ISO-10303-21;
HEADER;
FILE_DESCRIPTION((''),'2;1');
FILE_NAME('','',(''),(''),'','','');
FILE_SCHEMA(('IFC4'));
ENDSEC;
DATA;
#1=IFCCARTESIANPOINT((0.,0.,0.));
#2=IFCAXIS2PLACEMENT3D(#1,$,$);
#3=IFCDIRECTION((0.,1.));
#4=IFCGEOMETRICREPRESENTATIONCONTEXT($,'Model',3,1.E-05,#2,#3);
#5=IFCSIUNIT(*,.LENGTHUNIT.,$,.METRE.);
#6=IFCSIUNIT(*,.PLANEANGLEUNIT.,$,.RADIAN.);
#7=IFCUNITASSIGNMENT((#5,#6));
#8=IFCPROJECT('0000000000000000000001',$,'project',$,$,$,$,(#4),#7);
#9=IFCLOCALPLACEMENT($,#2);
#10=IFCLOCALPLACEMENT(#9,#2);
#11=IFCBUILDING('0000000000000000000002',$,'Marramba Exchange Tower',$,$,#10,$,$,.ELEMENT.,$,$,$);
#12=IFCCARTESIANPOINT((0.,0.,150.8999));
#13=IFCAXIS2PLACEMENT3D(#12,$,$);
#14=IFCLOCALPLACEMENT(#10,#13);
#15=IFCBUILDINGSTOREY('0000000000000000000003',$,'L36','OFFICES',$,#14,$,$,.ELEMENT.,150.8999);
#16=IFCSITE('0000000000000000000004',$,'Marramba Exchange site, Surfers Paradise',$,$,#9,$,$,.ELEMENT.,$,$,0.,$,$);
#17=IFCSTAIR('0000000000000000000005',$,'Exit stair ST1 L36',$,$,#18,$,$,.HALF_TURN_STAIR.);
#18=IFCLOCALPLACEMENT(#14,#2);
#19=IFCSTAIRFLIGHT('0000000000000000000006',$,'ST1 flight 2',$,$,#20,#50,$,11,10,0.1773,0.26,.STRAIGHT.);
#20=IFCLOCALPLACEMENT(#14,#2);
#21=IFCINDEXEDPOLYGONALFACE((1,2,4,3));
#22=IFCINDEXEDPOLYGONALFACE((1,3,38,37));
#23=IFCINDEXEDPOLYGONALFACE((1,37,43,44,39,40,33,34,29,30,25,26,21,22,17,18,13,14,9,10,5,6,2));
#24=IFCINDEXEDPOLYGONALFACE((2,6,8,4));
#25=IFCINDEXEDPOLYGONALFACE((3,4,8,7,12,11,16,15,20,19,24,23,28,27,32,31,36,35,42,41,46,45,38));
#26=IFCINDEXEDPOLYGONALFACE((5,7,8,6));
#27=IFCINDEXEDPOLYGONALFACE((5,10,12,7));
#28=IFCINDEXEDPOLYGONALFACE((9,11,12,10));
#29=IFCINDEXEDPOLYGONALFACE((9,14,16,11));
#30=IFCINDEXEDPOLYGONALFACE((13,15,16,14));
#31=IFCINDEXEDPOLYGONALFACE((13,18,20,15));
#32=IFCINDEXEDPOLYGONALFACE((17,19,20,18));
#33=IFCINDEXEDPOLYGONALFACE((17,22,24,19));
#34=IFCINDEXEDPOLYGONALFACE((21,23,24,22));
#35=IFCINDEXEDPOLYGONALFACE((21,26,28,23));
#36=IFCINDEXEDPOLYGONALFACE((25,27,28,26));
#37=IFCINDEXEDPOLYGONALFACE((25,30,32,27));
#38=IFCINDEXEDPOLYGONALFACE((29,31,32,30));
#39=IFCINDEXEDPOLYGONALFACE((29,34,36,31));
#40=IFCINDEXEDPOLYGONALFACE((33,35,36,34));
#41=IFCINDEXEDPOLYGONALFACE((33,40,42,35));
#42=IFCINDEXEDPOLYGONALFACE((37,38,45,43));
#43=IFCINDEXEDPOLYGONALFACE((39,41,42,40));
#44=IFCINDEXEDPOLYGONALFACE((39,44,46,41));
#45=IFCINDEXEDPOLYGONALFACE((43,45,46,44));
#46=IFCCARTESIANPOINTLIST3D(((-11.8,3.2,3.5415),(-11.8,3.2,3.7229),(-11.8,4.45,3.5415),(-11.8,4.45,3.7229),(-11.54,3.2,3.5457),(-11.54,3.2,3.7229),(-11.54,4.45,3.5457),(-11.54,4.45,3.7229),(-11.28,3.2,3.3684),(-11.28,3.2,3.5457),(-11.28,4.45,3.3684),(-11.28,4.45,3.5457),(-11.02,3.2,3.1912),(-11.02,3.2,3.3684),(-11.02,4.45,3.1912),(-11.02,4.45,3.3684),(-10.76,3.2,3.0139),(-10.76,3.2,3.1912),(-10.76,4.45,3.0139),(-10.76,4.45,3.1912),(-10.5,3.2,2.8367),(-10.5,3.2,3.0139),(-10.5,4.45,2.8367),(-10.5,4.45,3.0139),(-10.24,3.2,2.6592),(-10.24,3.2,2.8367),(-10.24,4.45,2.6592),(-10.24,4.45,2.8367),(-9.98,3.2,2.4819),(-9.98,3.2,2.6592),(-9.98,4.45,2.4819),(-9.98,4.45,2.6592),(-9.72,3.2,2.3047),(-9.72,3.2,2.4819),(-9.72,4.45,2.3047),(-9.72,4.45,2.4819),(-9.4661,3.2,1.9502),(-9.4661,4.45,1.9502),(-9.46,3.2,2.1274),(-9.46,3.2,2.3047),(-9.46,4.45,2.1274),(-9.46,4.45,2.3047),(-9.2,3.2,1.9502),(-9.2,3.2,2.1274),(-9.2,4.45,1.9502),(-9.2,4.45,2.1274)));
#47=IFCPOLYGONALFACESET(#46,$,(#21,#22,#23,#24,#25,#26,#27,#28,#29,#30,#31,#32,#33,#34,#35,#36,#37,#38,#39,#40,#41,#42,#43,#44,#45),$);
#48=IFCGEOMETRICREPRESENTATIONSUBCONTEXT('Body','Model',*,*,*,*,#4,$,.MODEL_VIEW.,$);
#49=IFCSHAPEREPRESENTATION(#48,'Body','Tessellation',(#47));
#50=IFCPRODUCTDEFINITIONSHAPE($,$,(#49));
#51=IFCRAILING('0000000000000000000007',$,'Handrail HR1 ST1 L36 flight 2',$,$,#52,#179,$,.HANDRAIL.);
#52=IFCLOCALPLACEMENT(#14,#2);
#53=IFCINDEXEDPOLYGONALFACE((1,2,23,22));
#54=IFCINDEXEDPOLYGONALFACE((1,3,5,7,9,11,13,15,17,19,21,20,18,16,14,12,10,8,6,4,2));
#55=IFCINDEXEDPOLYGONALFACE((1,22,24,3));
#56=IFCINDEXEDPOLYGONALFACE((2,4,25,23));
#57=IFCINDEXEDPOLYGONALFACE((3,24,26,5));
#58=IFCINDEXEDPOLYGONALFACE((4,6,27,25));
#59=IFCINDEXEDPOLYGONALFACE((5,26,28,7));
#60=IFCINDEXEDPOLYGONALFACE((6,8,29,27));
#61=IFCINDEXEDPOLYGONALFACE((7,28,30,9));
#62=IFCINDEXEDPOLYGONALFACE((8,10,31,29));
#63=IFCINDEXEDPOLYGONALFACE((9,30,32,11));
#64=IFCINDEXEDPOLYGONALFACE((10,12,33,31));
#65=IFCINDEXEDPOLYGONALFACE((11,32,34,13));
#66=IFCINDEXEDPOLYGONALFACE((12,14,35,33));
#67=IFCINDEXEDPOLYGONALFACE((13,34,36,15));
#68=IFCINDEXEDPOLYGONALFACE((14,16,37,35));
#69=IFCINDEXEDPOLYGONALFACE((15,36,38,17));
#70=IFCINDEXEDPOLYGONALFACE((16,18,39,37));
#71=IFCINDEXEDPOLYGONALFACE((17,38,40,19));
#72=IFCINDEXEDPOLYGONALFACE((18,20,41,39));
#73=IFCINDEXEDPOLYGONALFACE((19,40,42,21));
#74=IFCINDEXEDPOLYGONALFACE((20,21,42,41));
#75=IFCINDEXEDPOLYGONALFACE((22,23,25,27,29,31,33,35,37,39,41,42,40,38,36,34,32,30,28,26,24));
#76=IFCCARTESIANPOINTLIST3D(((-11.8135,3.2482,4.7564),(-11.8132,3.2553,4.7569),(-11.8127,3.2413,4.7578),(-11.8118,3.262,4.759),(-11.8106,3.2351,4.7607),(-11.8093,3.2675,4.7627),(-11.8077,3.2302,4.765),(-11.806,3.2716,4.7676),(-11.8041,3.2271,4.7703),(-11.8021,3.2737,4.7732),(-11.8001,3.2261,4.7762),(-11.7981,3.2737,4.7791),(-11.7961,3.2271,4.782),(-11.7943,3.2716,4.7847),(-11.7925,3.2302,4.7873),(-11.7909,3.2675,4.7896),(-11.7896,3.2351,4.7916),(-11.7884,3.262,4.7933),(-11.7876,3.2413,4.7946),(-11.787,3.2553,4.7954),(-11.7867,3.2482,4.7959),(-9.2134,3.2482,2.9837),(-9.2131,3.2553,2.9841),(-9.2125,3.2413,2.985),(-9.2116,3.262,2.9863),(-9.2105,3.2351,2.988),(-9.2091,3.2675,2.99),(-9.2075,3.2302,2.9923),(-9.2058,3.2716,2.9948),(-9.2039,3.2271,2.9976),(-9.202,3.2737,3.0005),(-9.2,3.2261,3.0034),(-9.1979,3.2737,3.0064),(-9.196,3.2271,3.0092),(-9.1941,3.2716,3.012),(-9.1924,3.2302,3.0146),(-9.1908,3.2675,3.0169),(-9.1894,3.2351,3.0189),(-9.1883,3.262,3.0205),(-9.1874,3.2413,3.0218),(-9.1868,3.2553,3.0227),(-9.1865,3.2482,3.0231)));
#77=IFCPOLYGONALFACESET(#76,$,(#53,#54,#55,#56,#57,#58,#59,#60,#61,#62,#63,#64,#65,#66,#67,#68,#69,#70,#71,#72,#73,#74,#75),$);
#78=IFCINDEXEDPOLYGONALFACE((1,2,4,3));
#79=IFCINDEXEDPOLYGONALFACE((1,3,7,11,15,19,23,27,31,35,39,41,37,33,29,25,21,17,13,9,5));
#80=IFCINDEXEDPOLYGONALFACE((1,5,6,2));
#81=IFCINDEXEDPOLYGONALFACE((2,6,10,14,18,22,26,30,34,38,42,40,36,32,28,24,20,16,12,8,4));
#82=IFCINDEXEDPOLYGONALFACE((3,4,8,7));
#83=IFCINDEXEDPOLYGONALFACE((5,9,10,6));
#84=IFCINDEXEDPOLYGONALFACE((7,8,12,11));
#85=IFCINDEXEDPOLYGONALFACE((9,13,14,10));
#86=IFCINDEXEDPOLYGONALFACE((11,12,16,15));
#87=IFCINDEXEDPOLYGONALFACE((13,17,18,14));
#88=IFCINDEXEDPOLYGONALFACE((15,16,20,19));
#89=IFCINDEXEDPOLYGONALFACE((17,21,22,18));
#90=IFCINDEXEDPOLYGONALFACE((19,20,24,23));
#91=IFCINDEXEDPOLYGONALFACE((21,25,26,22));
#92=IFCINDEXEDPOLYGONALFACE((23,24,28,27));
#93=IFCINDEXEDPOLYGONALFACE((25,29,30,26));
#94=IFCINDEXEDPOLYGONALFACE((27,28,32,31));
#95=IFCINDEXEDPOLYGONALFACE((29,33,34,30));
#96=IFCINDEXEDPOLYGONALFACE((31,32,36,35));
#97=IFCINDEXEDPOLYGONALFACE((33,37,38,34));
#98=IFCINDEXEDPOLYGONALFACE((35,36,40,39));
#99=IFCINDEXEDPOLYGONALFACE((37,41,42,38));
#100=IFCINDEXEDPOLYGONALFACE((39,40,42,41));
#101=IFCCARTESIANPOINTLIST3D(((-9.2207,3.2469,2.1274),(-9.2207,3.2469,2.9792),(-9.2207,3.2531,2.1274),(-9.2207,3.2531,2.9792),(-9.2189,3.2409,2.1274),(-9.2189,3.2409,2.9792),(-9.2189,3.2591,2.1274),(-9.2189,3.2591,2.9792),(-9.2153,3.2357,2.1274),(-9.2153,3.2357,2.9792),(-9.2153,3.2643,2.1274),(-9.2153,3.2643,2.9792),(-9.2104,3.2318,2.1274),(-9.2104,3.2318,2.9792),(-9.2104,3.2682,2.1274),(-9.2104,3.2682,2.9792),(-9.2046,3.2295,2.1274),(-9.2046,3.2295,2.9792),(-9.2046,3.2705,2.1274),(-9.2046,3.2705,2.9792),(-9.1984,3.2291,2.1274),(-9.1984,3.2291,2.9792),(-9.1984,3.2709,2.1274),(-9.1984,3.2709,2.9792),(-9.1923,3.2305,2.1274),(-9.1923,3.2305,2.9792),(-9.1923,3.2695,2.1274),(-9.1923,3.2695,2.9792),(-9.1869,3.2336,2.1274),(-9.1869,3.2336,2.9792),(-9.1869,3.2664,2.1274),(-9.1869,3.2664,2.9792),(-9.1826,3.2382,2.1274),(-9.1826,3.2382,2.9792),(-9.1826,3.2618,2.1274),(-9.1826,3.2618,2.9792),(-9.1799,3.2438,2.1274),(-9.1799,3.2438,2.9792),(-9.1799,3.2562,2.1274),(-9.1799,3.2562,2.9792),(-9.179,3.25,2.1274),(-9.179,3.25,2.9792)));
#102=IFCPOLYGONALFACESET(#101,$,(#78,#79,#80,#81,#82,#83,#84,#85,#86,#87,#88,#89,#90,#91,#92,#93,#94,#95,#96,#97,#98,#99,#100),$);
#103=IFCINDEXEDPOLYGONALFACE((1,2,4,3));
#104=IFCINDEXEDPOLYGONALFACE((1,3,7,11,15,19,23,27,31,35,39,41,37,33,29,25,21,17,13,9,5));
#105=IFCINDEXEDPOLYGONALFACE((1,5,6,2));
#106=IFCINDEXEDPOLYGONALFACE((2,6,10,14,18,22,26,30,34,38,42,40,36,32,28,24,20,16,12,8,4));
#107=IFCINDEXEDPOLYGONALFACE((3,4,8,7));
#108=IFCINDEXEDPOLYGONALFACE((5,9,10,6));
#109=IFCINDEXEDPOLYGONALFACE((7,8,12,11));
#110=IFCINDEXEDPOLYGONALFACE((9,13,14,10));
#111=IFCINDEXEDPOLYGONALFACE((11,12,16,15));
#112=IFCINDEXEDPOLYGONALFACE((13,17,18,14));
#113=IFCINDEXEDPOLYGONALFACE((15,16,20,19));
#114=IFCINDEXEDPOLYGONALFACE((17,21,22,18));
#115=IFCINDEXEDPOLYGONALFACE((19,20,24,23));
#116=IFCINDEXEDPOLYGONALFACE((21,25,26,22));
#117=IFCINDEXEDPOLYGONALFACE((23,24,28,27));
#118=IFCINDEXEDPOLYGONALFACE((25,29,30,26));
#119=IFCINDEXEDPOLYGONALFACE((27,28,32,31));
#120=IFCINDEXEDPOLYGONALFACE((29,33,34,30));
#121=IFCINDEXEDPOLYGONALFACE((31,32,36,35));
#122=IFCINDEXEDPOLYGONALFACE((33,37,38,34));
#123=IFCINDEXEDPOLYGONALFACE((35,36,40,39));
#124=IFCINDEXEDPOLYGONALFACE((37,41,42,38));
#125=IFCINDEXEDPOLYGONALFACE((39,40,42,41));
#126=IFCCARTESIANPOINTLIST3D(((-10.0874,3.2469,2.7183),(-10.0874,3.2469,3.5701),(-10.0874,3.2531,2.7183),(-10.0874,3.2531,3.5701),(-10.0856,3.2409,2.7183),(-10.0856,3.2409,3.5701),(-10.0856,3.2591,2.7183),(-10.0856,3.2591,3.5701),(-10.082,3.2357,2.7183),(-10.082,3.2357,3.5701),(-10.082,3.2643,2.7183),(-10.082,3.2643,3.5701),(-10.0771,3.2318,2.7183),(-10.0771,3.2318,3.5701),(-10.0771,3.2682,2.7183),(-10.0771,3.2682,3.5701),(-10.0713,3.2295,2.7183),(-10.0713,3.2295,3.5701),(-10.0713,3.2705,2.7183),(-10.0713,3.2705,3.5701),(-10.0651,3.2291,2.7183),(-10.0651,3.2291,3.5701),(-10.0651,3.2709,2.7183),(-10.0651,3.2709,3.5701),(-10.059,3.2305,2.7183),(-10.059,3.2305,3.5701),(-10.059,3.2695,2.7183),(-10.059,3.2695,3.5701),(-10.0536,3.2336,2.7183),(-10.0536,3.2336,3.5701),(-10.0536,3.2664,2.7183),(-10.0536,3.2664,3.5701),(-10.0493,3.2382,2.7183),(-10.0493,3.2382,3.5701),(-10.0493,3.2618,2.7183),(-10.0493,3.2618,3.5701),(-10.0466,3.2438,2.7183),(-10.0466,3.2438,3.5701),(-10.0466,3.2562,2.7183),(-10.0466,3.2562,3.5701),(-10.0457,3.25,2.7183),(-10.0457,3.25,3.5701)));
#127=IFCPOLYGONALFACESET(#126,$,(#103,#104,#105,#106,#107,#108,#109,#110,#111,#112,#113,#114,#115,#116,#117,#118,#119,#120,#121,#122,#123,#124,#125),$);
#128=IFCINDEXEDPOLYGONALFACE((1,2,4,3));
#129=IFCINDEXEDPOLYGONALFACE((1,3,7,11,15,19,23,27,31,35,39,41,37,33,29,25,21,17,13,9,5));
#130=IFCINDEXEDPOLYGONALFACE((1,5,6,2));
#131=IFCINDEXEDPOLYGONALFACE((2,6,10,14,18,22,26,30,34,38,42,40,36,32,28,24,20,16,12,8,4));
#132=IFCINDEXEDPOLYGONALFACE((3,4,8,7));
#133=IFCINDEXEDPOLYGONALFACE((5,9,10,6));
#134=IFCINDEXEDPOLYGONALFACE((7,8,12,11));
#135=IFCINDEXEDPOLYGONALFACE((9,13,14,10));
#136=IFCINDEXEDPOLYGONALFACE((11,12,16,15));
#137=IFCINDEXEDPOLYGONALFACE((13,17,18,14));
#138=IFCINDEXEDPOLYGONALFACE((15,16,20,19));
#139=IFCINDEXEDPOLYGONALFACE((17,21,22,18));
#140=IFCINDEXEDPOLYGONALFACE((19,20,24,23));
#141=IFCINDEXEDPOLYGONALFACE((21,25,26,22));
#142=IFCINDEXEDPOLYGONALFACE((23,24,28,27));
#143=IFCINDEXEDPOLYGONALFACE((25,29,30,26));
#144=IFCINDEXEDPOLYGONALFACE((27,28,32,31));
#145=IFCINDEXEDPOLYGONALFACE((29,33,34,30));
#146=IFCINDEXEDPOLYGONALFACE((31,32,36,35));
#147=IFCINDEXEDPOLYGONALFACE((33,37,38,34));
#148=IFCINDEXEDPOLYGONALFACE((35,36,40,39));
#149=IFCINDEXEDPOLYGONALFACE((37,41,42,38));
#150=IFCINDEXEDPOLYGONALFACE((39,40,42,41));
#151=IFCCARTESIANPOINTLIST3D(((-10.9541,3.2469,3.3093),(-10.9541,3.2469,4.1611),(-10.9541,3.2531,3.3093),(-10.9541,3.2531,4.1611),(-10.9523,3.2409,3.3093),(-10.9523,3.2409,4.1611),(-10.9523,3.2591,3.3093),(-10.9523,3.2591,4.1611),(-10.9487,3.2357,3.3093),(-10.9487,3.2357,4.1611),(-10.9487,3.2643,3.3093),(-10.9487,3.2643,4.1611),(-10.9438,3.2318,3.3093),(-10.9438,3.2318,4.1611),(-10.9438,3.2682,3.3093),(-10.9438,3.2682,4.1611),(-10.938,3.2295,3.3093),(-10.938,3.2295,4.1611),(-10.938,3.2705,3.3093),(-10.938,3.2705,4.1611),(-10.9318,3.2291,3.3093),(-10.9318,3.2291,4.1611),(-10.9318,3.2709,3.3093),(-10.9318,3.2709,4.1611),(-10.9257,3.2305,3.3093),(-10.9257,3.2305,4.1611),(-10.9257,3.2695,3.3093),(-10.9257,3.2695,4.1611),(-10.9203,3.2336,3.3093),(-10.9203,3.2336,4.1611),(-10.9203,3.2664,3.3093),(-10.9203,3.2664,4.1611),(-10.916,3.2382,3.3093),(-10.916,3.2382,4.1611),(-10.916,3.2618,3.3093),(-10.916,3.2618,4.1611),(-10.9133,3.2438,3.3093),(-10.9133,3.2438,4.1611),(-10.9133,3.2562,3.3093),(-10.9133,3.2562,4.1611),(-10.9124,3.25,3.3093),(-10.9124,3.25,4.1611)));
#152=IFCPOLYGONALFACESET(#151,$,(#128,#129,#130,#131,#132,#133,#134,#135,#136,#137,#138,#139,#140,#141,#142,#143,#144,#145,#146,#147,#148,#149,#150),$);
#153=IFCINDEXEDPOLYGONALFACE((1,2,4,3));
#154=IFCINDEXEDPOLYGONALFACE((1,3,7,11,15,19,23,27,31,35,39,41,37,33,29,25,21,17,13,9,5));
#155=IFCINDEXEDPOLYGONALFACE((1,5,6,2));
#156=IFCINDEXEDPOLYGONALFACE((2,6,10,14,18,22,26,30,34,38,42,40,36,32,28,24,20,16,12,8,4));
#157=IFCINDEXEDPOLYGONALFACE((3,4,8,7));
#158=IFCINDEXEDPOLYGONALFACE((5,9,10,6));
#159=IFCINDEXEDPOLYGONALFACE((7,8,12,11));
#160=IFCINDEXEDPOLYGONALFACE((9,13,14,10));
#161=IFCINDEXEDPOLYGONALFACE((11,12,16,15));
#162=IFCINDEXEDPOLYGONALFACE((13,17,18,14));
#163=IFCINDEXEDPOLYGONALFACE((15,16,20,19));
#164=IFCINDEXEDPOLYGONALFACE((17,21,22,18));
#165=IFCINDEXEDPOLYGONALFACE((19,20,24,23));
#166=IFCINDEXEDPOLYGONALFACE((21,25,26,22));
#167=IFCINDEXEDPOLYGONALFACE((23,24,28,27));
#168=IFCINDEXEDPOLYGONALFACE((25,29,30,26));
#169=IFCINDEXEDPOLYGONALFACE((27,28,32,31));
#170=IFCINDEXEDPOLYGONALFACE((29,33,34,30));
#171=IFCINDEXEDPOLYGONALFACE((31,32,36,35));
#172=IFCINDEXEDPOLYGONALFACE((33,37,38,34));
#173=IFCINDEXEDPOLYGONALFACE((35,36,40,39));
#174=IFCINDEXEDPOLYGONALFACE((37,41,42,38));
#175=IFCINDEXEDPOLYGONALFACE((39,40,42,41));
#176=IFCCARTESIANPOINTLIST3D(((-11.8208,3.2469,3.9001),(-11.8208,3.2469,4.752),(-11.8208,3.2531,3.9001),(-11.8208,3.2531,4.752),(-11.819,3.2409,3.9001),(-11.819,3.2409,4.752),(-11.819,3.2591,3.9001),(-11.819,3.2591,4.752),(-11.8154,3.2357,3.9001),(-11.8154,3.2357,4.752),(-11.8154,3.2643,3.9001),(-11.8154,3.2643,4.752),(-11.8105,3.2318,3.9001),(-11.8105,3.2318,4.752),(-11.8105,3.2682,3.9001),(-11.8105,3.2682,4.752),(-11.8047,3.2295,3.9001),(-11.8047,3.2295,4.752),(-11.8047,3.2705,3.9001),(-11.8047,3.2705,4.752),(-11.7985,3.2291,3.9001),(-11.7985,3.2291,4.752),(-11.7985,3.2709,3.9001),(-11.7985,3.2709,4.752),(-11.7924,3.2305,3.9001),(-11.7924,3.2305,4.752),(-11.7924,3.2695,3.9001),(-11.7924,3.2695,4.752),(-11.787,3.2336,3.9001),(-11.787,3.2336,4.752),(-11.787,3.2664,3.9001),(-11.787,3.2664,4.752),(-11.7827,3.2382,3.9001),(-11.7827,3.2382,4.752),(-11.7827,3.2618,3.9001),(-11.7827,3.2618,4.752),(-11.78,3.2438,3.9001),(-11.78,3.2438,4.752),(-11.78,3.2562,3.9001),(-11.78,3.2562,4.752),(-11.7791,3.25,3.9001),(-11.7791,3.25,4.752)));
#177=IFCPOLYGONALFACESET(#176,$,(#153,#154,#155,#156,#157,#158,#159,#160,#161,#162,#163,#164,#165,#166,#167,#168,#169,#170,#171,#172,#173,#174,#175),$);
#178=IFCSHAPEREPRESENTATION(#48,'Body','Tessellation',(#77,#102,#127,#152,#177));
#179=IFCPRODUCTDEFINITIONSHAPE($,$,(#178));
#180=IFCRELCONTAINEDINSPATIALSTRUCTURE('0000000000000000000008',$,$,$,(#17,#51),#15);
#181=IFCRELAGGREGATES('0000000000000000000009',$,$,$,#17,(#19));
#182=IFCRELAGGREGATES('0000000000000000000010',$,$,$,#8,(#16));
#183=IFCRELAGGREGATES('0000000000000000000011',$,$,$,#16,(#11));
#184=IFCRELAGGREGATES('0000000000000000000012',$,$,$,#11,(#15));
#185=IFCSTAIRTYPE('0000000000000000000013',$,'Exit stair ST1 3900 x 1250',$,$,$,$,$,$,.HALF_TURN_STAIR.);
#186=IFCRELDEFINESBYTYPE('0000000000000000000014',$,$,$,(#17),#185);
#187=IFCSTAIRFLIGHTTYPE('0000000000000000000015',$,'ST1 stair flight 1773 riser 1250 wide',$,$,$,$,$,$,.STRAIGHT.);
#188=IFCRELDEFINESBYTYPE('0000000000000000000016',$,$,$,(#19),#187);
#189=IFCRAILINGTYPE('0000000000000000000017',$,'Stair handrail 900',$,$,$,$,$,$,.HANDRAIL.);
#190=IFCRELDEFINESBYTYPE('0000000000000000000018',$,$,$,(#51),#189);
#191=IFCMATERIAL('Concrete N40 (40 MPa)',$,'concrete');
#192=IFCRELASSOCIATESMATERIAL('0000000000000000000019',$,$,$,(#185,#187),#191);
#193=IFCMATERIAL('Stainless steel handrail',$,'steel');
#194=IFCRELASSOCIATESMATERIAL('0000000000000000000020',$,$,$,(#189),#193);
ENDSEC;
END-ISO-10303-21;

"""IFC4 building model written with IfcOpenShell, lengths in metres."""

from ifc_helpers import new_model, si_unit, direction, frame, origin, origin_2d, place, context, subcontext, project, spatial, polyline, circle, outline, extrude, material, type_object, element, aggregate, save


model = new_model("IFC4")

# Units and contexts
model_context = context("Model", 3, precision=1e-05, world=origin(), true_north=direction((0.0, 1.0)))
body_context = subcontext(model_context, "Body", "Model", "MODEL_VIEW")
ifc_project = project(units=[si_unit("LENGTHUNIT", "METRE"), si_unit("PLANEANGLEUNIT", "RADIAN")], contexts=[model_context])

# Site, building, storey
site_placement = place(None, origin())
site = spatial("IfcSite", under=ifc_project, at=site_placement, Name="Marramba Exchange site, Surfers Paradise", CompositionType="ELEMENT", RefElevation=0.0)
building_placement = place(site_placement, origin())
building = spatial("IfcBuilding", under=site, at=building_placement, Name="Marramba Exchange Tower", CompositionType="ELEMENT")
storey_placement = place(building_placement, frame((0.0, 0.0, 150.8999)))
storey = spatial("IfcBuildingStorey", under=building, at=storey_placement, Name="L36", Description="OFFICES", CompositionType="ELEMENT", Elevation=150.8999)

# Stair
ifc_material_1 = material(Name="Concrete N40 (40 MPa)", Category="concrete")
stair_type = type_object("IfcStairType", Name="Exit stair ST1 3900 x 1250", PredefinedType="HALF_TURN_STAIR", material=ifc_material_1)
stair_placement = place(storey_placement, origin())
stair = element("IfcStair", 1, at=stair_placement, inside=storey, type_object=stair_type, Name="Exit stair ST1 L36", PredefinedType="HALF_TURN_STAIR")

# Stair flight
stair_flight_type = type_object("IfcStairFlightType", Name="ST1 stair flight 1773 riser 1250 wide", PredefinedType="STRAIGHT", material=ifc_material_1)
stair_flight_placement = place(storey_placement, frame((-9.2, 3.825, 1.9502), z_axis=(0.0, 0.0, 1.0), x_axis=(-1.0, 0.0, 0.0)))
stair_flight = element("IfcStairFlight", 2, at=stair_flight_placement, type_object=stair_flight_type, Name="ST1 flight 2", NumberOfRisers=11, NumberOfTreads=10, PredefinedType="STRAIGHT", RiserHeight=0.1773, TreadLength=0.26, context=body_context, shape_type="SweptSolid", body=[
    extrude(outline(polyline([(0.0, 0.0), (0.0, 0.1772), (0.26, 0.1772), (0.26, 0.3545), (0.52, 0.3545), (0.52, 0.5317), (0.78, 0.5317), (0.78, 0.709), (1.04, 0.709), (1.04, 0.8865), (1.3, 0.8865), (1.3, 1.0637), (1.5601, 1.0637), (1.5601, 1.241), (1.8201, 1.241), (1.8201, 1.4182), (2.0801, 1.4182), (2.0801, 1.5955), (2.3401, 1.5955), (2.3401, 1.7727), (2.6001, 1.7727), (2.6001, 1.95), (2.6001, 1.5913), (0.2661, 0.0), (0.0, 0.0)])), frame((0.0, 0.625, 0.0), z_axis=(0.0, -1.0, 0.0), x_axis=(1.0, 0.0, 0.0)), (0.0, 0.0, 1.0), 1.25),
])
aggregate(stair, [stair_flight])

# Railing
ifc_material_2 = material(Name="Stainless steel handrail", Category="steel")
railing_type = type_object("IfcRailingType", Name="Stair handrail 900", PredefinedType="HANDRAIL", material=ifc_material_2)
railing_placement = place(storey_placement, frame((-9.2, 3.25, 2.1274)))
element("IfcRailing", 3, at=railing_placement, inside=storey, type_object=railing_type, Name="Handrail HR1 ST1 L36 flight 2", PredefinedType="HANDRAIL", context=body_context, shape_type="SweptSolid", body=[
    extrude(circle(Radius=0.0239, at=origin_2d()), frame((0.0, 0.0, 0.876), z_axis=(-0.82624, 0.0, 0.563318), x_axis=(0.0, -1.0, 0.0)), (0.0, 0.0, 1.0), 3.147),
    extrude(circle(Radius=0.021, at=origin_2d()), origin(), (0.0, 0.0, 1.0), 0.8518),
    extrude(circle(Radius=0.021, at=origin_2d()), frame((-0.8667, 0.0, 0.5908)), (0.0, 0.0, 1.0), 0.8518),
    extrude(circle(Radius=0.021, at=origin_2d()), frame((-1.7334, 0.0, 1.1819)), (0.0, 0.0, 1.0), 0.8518),
    extrude(circle(Radius=0.021, at=origin_2d()), frame((-2.6001, 0.0, 1.7727)), (0.0, 0.0, 1.0), 0.8518),
])

save(model, "model.ifc")
